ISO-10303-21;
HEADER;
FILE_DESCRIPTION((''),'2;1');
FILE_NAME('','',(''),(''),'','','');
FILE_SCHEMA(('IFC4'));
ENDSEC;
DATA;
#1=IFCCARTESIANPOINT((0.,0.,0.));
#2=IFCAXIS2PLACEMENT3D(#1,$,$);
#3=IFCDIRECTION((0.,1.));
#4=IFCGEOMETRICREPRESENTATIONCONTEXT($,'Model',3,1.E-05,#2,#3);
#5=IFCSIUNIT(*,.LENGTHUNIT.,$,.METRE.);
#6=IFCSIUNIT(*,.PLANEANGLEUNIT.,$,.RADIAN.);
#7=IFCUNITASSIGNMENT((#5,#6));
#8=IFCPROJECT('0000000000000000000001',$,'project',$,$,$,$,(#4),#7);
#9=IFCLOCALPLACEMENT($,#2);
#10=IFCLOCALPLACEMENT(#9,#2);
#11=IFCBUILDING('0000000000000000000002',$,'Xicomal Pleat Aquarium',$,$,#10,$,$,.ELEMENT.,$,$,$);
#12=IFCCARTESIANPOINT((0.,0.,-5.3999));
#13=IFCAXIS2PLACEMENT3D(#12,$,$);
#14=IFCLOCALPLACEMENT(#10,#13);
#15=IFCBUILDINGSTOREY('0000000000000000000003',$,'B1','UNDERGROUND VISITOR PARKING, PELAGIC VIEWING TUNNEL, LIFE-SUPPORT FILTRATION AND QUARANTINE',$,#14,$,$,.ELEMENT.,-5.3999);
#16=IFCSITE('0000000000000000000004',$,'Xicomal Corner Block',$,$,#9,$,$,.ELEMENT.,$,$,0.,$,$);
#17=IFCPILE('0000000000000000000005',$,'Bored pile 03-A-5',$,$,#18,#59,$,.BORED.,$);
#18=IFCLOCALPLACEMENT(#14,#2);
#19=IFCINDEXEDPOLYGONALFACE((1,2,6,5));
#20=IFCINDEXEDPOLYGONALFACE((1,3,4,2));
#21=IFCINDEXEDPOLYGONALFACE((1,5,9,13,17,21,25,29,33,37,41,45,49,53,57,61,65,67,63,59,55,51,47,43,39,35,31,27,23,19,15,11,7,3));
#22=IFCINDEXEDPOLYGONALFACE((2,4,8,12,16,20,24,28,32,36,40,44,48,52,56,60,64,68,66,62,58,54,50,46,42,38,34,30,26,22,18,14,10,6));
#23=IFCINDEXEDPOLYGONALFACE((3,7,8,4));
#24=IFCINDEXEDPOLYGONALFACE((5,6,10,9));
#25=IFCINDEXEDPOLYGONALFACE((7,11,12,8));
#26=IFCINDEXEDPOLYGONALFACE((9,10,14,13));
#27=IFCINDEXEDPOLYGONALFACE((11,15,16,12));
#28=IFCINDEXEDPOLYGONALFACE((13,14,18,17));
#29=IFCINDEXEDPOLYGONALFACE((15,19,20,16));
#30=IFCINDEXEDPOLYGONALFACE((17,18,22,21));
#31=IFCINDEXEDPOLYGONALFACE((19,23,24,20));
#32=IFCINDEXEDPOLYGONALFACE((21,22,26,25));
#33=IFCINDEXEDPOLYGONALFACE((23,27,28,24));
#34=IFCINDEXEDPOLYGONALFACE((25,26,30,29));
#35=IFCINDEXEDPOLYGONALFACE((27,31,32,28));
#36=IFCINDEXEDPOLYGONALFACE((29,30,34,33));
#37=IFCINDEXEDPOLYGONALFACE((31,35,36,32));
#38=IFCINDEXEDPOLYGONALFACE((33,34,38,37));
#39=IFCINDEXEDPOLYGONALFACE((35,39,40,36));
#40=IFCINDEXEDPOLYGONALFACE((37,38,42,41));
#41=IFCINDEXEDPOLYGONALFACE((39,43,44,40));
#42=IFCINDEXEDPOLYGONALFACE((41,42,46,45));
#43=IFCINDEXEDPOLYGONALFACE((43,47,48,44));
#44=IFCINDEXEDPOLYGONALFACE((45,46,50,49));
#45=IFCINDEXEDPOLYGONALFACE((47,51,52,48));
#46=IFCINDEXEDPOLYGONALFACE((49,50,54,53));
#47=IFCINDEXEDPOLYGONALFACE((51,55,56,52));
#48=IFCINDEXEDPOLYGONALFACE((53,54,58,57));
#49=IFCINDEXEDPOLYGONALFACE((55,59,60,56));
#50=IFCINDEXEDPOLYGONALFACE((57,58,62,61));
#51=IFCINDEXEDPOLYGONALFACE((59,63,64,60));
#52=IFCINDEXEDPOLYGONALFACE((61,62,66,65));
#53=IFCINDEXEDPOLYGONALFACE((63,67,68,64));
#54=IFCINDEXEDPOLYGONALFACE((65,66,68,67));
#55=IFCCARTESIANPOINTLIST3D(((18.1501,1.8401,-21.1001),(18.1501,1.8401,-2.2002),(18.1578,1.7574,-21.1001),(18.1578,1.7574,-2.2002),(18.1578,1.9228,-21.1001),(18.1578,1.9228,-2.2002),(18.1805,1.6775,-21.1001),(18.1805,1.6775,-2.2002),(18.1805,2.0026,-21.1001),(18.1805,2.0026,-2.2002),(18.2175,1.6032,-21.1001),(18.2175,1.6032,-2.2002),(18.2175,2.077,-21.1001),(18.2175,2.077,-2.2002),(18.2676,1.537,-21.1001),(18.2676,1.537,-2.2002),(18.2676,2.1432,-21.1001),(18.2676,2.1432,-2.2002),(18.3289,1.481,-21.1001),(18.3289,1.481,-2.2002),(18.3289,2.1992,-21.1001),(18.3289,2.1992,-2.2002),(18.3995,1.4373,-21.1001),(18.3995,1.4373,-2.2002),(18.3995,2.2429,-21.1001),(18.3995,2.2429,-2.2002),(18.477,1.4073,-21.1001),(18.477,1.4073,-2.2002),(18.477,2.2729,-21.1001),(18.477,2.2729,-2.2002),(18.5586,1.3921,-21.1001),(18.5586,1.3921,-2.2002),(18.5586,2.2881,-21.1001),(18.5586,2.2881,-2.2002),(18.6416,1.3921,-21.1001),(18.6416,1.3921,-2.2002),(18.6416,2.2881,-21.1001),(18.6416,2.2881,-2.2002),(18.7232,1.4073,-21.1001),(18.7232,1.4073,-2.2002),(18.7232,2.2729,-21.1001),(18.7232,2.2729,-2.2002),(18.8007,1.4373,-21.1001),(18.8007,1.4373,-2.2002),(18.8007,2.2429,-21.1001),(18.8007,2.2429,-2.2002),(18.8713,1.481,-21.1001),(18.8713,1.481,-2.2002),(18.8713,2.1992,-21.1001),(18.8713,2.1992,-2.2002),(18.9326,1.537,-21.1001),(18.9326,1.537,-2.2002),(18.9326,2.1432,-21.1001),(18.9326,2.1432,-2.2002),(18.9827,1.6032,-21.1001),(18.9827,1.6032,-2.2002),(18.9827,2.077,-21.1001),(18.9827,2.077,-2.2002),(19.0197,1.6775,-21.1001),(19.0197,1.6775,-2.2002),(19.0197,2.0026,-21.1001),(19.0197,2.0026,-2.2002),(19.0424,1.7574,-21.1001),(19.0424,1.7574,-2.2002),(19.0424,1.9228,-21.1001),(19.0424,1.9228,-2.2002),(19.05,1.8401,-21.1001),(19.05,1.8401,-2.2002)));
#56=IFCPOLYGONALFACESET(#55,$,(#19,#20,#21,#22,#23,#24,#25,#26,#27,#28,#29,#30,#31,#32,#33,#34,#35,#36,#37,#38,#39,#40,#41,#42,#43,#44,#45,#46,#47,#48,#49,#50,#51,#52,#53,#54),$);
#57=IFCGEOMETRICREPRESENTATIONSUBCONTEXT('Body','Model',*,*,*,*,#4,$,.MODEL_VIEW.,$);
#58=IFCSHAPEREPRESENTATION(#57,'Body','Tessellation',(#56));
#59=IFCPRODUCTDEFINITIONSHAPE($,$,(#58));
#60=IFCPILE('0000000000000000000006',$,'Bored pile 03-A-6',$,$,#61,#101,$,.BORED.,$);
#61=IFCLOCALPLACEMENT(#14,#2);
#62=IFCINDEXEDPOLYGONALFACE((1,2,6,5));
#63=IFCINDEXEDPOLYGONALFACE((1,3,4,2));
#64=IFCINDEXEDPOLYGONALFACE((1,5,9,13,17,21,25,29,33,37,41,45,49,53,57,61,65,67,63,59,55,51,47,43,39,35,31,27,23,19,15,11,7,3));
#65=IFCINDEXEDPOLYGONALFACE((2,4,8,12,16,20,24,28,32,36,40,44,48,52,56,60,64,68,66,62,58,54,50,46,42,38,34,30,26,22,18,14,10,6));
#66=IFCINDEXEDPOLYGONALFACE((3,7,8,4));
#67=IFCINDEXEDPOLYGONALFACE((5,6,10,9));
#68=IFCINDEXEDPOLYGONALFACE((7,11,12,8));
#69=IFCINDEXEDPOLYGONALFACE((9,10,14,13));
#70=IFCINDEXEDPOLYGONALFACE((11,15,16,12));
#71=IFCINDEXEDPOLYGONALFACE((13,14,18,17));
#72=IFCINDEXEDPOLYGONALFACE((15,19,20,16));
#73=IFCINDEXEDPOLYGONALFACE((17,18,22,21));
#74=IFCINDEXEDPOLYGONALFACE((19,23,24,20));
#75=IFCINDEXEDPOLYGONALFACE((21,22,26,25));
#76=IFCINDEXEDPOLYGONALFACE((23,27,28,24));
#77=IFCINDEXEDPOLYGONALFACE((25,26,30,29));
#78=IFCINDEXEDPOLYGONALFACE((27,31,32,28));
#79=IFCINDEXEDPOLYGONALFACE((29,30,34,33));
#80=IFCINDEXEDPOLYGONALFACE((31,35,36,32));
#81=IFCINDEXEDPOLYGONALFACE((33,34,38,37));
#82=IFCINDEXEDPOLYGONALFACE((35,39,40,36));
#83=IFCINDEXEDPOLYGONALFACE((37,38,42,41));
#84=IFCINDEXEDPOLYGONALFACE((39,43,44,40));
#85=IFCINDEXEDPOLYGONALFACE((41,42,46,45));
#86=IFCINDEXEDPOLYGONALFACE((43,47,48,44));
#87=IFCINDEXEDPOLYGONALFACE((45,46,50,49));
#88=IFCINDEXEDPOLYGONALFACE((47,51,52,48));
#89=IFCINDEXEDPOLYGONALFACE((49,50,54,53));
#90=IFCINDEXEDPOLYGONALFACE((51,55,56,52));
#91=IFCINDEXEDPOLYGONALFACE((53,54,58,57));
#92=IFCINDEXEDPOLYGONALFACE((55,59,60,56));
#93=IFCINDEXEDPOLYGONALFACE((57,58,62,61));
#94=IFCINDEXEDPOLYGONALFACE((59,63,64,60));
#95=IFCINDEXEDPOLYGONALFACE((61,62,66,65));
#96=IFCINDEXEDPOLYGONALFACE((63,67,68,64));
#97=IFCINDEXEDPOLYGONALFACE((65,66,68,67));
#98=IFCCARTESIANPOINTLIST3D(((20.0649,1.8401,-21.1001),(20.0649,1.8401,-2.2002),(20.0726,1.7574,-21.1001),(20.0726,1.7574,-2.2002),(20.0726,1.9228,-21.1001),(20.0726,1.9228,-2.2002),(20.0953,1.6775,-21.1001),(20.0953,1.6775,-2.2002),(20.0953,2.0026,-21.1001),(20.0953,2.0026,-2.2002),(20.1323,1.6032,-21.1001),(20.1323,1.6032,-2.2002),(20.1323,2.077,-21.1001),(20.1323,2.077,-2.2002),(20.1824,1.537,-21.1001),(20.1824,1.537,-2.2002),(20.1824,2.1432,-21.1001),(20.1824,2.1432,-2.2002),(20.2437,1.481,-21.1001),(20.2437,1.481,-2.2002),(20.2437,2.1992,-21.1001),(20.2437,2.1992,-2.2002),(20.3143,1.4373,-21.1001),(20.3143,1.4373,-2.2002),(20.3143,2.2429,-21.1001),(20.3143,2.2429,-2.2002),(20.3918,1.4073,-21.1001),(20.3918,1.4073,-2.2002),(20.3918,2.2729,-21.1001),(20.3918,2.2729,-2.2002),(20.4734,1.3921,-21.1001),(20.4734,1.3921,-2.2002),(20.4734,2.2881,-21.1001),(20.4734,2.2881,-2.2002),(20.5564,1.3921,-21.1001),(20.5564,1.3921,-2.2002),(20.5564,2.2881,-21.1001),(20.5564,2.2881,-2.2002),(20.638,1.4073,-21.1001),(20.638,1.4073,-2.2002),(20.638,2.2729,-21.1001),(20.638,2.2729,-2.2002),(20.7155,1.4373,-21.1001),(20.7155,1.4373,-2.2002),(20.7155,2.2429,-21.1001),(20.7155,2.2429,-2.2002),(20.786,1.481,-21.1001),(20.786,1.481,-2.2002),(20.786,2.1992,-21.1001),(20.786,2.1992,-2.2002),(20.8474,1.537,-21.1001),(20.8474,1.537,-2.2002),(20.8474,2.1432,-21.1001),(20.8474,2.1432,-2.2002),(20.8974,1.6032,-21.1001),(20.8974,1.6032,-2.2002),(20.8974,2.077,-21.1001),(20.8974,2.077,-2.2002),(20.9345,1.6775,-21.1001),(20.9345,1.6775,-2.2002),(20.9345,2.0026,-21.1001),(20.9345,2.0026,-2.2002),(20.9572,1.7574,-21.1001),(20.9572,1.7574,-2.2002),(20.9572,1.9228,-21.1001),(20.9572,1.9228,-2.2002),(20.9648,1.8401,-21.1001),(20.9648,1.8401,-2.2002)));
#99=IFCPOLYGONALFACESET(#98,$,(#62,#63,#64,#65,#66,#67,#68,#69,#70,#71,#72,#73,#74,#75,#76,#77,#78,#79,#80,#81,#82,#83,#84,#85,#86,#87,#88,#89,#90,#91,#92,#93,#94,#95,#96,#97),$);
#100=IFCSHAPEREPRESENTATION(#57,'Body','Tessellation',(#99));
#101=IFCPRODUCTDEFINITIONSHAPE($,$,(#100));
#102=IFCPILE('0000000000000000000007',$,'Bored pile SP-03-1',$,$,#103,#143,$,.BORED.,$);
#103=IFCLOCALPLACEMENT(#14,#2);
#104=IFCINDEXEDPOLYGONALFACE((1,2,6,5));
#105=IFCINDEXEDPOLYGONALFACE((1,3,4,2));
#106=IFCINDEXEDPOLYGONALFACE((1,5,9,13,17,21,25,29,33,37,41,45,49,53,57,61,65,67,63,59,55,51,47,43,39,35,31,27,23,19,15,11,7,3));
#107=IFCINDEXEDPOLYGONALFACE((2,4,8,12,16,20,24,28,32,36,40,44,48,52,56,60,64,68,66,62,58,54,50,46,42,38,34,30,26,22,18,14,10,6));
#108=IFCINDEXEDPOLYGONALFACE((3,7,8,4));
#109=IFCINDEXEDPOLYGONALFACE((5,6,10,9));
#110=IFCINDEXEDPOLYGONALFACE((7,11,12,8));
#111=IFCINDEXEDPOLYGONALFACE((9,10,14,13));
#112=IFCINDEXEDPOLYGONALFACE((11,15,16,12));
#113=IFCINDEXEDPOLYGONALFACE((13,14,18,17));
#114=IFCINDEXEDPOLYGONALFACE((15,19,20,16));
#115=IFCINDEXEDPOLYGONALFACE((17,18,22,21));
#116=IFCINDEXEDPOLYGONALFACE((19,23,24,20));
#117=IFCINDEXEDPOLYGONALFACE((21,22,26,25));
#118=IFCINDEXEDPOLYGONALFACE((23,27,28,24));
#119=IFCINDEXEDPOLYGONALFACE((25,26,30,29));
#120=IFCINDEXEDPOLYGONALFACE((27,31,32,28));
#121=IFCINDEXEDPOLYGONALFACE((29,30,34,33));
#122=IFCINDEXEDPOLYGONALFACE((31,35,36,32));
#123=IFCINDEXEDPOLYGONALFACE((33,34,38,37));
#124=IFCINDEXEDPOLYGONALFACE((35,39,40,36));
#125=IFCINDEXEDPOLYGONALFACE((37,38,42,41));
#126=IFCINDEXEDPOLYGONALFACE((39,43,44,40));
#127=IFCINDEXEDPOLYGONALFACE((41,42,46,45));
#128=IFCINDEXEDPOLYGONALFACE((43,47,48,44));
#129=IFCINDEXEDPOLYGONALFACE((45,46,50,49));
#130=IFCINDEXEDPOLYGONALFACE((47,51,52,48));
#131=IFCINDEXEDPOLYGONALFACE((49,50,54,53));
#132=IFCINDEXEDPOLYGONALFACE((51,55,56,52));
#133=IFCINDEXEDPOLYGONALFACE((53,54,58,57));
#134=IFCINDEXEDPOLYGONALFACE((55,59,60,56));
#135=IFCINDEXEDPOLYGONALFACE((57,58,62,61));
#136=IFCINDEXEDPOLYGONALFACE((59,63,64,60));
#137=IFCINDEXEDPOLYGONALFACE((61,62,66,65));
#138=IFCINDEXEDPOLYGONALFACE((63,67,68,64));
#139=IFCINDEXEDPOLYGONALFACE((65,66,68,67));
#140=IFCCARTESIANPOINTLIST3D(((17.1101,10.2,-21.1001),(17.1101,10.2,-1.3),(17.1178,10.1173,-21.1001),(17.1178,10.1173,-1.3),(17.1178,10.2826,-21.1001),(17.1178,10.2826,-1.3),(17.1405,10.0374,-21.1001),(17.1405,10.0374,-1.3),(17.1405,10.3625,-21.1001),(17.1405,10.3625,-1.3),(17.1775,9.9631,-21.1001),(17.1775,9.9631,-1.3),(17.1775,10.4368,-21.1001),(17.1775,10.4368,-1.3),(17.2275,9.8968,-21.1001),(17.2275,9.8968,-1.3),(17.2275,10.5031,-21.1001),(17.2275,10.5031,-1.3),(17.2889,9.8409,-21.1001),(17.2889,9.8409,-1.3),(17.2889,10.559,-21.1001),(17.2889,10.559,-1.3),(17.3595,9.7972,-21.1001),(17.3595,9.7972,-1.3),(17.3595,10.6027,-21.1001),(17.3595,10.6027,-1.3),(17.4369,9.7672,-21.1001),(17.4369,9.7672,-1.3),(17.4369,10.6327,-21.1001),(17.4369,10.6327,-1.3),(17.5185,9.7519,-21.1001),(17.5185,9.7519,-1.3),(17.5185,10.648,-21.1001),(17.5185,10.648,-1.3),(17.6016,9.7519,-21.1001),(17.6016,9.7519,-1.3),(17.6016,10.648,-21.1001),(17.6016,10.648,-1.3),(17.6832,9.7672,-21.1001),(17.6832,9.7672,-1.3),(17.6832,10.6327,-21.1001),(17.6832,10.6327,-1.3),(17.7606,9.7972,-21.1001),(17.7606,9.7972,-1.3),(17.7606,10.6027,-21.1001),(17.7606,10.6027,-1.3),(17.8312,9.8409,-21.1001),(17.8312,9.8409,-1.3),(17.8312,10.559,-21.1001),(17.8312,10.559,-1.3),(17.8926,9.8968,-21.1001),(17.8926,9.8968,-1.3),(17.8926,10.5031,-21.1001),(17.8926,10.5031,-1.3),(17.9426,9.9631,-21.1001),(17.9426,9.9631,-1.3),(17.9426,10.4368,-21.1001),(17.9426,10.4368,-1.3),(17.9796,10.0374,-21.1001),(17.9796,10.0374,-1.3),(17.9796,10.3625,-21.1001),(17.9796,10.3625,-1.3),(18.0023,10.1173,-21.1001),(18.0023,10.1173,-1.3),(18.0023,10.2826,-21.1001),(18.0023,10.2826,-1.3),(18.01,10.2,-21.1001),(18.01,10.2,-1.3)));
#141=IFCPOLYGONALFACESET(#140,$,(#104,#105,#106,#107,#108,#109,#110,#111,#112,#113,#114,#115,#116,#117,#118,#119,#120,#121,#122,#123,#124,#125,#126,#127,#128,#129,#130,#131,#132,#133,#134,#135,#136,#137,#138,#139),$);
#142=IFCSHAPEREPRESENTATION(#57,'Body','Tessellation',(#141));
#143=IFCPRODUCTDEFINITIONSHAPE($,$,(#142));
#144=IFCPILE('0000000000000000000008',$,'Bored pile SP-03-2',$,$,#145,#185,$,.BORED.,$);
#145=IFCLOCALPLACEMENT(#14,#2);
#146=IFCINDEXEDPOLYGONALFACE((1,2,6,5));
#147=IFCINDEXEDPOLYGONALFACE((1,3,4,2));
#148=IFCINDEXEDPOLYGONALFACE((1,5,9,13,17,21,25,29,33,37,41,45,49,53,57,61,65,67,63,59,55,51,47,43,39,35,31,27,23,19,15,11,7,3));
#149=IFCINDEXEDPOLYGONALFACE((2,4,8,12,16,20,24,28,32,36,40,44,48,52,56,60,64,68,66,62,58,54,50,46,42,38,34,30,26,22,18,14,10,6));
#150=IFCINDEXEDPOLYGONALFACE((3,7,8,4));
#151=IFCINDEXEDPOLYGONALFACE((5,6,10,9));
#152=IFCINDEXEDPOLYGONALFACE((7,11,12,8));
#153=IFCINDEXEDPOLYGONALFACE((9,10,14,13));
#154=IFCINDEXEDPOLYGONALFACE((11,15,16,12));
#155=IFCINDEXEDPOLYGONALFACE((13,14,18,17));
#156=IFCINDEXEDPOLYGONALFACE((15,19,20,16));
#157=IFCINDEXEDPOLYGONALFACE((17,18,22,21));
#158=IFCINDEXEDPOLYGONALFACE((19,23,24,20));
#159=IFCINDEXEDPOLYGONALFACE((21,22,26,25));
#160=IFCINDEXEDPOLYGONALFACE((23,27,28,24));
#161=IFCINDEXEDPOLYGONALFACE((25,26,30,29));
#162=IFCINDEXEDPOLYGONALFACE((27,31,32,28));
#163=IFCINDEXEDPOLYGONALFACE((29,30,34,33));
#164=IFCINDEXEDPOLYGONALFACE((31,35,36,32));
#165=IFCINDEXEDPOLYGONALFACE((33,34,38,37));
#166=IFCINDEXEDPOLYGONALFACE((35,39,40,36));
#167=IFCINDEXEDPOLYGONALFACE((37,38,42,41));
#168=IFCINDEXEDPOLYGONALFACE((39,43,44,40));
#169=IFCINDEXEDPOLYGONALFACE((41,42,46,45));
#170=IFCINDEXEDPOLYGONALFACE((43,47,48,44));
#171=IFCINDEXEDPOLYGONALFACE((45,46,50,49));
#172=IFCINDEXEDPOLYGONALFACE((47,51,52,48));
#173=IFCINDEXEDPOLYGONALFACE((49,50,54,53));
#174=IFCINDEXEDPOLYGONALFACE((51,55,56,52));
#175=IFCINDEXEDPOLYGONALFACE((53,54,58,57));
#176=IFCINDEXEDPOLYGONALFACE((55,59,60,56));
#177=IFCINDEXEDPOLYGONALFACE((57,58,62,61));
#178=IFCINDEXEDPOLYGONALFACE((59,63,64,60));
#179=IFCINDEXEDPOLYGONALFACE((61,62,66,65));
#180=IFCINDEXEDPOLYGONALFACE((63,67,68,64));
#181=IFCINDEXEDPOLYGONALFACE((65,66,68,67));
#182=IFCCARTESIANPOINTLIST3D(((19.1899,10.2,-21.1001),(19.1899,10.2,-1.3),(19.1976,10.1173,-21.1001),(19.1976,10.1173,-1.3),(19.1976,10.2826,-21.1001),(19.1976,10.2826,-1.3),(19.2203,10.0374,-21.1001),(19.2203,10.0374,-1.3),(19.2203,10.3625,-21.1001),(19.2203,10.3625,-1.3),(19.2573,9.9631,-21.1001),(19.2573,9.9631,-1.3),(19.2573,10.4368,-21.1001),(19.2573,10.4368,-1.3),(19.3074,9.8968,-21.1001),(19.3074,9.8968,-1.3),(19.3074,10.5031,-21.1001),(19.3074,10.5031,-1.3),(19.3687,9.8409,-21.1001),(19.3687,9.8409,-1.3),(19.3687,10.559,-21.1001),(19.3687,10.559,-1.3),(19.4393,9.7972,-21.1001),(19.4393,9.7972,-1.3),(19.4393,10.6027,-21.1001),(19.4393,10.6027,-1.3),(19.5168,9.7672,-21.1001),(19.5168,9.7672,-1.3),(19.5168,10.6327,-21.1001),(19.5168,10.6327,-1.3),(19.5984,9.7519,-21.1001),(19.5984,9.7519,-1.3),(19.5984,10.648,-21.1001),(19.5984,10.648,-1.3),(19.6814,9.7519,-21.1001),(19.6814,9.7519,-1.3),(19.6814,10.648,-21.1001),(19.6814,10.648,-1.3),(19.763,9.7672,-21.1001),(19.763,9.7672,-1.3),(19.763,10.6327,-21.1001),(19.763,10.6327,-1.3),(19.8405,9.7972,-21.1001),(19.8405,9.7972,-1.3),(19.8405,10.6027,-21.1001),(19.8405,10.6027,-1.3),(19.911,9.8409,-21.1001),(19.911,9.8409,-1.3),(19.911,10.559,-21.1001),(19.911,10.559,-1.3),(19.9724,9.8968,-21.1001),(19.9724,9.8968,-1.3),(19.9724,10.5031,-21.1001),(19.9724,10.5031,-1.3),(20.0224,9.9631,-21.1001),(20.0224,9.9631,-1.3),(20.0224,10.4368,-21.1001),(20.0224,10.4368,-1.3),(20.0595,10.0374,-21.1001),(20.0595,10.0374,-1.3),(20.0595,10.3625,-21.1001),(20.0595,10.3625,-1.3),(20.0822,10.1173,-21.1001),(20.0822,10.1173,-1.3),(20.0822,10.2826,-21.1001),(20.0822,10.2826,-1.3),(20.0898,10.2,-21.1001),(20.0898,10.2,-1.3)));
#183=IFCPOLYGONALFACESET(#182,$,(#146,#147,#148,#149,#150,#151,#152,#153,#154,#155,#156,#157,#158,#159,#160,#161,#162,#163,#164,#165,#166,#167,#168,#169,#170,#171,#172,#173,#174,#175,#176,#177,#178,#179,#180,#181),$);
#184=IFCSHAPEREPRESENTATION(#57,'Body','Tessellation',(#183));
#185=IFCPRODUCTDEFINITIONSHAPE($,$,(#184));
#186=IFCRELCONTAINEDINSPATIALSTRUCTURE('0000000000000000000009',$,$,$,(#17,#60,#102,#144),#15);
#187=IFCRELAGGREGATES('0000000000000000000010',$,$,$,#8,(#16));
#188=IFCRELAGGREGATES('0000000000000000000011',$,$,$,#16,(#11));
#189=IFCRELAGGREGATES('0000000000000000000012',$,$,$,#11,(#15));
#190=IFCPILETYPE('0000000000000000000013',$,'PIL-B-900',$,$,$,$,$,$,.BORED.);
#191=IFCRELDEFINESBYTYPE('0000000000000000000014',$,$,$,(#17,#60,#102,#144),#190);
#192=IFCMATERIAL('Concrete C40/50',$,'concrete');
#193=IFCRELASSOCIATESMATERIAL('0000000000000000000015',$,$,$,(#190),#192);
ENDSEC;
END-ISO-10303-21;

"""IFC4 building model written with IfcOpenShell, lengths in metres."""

from ifc_helpers import new_model, si_unit, direction, frame, origin, origin_2d, place, context, subcontext, project, spatial, circle, extrude, material, material_profile, profile_set, type_object, element, save


model = new_model("IFC4")

# Units and contexts
model_context = context("Model", 3, precision=1e-05, world=origin(), true_north=direction((0.0, 1.0)))
body_context = subcontext(model_context, "Body", "Model", "MODEL_VIEW")
ifc_project = project(units=[si_unit("LENGTHUNIT", "METRE"), si_unit("PLANEANGLEUNIT", "RADIAN")], contexts=[model_context])

# Site, building, storey
site_placement = place(None, origin())
site = spatial("IfcSite", under=ifc_project, at=site_placement, Name="Xicomal Corner Block", CompositionType="ELEMENT", RefElevation=0.0)
building_placement = place(site_placement, origin())
building = spatial("IfcBuilding", under=site, at=building_placement, Name="Xicomal Pleat Aquarium", CompositionType="ELEMENT")
storey_placement = place(building_placement, frame((0.0, 0.0, -5.3999)))
storey = spatial("IfcBuildingStorey", under=building, at=storey_placement, Name="B1", Description="UNDERGROUND VISITOR PARKING, PELAGIC VIEWING TUNNEL, LIFE-SUPPORT FILTRATION AND QUARANTINE", CompositionType="ELEMENT", Elevation=-5.3999)

# Piles
ifc_material_1 = material(Name="Concrete C40/50", Category="concrete")
ifc_material_profile_1 = material_profile(ifc_material_1, circle(Radius=0.45, at=origin_2d()), Name="BORED PILE D900")
ifc_profile_set_1 = profile_set([ifc_material_profile_1], Name="Concrete C40/50")
pile_type_1 = type_object("IfcPileType", Name="PIL-B-900", PredefinedType="BORED", material=ifc_profile_set_1)
for number, where, z_axis, x_axis, name in (
    (1, (18.6001, 1.8401, -2.2002), (0.0, 0.0, -1.0), (1.0, 0.0, 0.0), "Bored pile 03-A-5"),
    (2, (20.5149, 1.8401, -2.2002), (0.0, 0.0, -1.0), (1.0, 0.0, 0.0), "Bored pile 03-A-6"),
):
    element("IfcPile", number, at=place(storey_placement, frame(where, z_axis=z_axis, x_axis=x_axis)), inside=storey, type_object=pile_type_1, Name=name, PredefinedType="BORED", context=body_context, shape_type="SweptSolid", body=[
        extrude(circle(Radius=0.45, at=origin_2d()), origin(), (0.0, 0.0, 1.0), 18.8999),
    ])
for number, where, z_axis, x_axis, name in (
    (3, (17.5601, 10.2, -1.3), (0.0, 0.0, -1.0), (1.0, 0.0, 0.0), "Bored pile SP-03-1"),
    (4, (19.6399, 10.2, -1.3), (0.0, 0.0, -1.0), (1.0, 0.0, 0.0), "Bored pile SP-03-2"),
):
    element("IfcPile", number, at=place(storey_placement, frame(where, z_axis=z_axis, x_axis=x_axis)), inside=storey, type_object=pile_type_1, Name=name, PredefinedType="BORED", context=body_context, shape_type="SweptSolid", body=[
        extrude(circle(Radius=0.45, at=origin_2d()), origin(), (0.0, 0.0, 1.0), 19.8),
    ])

save(model, "model.ifc")
